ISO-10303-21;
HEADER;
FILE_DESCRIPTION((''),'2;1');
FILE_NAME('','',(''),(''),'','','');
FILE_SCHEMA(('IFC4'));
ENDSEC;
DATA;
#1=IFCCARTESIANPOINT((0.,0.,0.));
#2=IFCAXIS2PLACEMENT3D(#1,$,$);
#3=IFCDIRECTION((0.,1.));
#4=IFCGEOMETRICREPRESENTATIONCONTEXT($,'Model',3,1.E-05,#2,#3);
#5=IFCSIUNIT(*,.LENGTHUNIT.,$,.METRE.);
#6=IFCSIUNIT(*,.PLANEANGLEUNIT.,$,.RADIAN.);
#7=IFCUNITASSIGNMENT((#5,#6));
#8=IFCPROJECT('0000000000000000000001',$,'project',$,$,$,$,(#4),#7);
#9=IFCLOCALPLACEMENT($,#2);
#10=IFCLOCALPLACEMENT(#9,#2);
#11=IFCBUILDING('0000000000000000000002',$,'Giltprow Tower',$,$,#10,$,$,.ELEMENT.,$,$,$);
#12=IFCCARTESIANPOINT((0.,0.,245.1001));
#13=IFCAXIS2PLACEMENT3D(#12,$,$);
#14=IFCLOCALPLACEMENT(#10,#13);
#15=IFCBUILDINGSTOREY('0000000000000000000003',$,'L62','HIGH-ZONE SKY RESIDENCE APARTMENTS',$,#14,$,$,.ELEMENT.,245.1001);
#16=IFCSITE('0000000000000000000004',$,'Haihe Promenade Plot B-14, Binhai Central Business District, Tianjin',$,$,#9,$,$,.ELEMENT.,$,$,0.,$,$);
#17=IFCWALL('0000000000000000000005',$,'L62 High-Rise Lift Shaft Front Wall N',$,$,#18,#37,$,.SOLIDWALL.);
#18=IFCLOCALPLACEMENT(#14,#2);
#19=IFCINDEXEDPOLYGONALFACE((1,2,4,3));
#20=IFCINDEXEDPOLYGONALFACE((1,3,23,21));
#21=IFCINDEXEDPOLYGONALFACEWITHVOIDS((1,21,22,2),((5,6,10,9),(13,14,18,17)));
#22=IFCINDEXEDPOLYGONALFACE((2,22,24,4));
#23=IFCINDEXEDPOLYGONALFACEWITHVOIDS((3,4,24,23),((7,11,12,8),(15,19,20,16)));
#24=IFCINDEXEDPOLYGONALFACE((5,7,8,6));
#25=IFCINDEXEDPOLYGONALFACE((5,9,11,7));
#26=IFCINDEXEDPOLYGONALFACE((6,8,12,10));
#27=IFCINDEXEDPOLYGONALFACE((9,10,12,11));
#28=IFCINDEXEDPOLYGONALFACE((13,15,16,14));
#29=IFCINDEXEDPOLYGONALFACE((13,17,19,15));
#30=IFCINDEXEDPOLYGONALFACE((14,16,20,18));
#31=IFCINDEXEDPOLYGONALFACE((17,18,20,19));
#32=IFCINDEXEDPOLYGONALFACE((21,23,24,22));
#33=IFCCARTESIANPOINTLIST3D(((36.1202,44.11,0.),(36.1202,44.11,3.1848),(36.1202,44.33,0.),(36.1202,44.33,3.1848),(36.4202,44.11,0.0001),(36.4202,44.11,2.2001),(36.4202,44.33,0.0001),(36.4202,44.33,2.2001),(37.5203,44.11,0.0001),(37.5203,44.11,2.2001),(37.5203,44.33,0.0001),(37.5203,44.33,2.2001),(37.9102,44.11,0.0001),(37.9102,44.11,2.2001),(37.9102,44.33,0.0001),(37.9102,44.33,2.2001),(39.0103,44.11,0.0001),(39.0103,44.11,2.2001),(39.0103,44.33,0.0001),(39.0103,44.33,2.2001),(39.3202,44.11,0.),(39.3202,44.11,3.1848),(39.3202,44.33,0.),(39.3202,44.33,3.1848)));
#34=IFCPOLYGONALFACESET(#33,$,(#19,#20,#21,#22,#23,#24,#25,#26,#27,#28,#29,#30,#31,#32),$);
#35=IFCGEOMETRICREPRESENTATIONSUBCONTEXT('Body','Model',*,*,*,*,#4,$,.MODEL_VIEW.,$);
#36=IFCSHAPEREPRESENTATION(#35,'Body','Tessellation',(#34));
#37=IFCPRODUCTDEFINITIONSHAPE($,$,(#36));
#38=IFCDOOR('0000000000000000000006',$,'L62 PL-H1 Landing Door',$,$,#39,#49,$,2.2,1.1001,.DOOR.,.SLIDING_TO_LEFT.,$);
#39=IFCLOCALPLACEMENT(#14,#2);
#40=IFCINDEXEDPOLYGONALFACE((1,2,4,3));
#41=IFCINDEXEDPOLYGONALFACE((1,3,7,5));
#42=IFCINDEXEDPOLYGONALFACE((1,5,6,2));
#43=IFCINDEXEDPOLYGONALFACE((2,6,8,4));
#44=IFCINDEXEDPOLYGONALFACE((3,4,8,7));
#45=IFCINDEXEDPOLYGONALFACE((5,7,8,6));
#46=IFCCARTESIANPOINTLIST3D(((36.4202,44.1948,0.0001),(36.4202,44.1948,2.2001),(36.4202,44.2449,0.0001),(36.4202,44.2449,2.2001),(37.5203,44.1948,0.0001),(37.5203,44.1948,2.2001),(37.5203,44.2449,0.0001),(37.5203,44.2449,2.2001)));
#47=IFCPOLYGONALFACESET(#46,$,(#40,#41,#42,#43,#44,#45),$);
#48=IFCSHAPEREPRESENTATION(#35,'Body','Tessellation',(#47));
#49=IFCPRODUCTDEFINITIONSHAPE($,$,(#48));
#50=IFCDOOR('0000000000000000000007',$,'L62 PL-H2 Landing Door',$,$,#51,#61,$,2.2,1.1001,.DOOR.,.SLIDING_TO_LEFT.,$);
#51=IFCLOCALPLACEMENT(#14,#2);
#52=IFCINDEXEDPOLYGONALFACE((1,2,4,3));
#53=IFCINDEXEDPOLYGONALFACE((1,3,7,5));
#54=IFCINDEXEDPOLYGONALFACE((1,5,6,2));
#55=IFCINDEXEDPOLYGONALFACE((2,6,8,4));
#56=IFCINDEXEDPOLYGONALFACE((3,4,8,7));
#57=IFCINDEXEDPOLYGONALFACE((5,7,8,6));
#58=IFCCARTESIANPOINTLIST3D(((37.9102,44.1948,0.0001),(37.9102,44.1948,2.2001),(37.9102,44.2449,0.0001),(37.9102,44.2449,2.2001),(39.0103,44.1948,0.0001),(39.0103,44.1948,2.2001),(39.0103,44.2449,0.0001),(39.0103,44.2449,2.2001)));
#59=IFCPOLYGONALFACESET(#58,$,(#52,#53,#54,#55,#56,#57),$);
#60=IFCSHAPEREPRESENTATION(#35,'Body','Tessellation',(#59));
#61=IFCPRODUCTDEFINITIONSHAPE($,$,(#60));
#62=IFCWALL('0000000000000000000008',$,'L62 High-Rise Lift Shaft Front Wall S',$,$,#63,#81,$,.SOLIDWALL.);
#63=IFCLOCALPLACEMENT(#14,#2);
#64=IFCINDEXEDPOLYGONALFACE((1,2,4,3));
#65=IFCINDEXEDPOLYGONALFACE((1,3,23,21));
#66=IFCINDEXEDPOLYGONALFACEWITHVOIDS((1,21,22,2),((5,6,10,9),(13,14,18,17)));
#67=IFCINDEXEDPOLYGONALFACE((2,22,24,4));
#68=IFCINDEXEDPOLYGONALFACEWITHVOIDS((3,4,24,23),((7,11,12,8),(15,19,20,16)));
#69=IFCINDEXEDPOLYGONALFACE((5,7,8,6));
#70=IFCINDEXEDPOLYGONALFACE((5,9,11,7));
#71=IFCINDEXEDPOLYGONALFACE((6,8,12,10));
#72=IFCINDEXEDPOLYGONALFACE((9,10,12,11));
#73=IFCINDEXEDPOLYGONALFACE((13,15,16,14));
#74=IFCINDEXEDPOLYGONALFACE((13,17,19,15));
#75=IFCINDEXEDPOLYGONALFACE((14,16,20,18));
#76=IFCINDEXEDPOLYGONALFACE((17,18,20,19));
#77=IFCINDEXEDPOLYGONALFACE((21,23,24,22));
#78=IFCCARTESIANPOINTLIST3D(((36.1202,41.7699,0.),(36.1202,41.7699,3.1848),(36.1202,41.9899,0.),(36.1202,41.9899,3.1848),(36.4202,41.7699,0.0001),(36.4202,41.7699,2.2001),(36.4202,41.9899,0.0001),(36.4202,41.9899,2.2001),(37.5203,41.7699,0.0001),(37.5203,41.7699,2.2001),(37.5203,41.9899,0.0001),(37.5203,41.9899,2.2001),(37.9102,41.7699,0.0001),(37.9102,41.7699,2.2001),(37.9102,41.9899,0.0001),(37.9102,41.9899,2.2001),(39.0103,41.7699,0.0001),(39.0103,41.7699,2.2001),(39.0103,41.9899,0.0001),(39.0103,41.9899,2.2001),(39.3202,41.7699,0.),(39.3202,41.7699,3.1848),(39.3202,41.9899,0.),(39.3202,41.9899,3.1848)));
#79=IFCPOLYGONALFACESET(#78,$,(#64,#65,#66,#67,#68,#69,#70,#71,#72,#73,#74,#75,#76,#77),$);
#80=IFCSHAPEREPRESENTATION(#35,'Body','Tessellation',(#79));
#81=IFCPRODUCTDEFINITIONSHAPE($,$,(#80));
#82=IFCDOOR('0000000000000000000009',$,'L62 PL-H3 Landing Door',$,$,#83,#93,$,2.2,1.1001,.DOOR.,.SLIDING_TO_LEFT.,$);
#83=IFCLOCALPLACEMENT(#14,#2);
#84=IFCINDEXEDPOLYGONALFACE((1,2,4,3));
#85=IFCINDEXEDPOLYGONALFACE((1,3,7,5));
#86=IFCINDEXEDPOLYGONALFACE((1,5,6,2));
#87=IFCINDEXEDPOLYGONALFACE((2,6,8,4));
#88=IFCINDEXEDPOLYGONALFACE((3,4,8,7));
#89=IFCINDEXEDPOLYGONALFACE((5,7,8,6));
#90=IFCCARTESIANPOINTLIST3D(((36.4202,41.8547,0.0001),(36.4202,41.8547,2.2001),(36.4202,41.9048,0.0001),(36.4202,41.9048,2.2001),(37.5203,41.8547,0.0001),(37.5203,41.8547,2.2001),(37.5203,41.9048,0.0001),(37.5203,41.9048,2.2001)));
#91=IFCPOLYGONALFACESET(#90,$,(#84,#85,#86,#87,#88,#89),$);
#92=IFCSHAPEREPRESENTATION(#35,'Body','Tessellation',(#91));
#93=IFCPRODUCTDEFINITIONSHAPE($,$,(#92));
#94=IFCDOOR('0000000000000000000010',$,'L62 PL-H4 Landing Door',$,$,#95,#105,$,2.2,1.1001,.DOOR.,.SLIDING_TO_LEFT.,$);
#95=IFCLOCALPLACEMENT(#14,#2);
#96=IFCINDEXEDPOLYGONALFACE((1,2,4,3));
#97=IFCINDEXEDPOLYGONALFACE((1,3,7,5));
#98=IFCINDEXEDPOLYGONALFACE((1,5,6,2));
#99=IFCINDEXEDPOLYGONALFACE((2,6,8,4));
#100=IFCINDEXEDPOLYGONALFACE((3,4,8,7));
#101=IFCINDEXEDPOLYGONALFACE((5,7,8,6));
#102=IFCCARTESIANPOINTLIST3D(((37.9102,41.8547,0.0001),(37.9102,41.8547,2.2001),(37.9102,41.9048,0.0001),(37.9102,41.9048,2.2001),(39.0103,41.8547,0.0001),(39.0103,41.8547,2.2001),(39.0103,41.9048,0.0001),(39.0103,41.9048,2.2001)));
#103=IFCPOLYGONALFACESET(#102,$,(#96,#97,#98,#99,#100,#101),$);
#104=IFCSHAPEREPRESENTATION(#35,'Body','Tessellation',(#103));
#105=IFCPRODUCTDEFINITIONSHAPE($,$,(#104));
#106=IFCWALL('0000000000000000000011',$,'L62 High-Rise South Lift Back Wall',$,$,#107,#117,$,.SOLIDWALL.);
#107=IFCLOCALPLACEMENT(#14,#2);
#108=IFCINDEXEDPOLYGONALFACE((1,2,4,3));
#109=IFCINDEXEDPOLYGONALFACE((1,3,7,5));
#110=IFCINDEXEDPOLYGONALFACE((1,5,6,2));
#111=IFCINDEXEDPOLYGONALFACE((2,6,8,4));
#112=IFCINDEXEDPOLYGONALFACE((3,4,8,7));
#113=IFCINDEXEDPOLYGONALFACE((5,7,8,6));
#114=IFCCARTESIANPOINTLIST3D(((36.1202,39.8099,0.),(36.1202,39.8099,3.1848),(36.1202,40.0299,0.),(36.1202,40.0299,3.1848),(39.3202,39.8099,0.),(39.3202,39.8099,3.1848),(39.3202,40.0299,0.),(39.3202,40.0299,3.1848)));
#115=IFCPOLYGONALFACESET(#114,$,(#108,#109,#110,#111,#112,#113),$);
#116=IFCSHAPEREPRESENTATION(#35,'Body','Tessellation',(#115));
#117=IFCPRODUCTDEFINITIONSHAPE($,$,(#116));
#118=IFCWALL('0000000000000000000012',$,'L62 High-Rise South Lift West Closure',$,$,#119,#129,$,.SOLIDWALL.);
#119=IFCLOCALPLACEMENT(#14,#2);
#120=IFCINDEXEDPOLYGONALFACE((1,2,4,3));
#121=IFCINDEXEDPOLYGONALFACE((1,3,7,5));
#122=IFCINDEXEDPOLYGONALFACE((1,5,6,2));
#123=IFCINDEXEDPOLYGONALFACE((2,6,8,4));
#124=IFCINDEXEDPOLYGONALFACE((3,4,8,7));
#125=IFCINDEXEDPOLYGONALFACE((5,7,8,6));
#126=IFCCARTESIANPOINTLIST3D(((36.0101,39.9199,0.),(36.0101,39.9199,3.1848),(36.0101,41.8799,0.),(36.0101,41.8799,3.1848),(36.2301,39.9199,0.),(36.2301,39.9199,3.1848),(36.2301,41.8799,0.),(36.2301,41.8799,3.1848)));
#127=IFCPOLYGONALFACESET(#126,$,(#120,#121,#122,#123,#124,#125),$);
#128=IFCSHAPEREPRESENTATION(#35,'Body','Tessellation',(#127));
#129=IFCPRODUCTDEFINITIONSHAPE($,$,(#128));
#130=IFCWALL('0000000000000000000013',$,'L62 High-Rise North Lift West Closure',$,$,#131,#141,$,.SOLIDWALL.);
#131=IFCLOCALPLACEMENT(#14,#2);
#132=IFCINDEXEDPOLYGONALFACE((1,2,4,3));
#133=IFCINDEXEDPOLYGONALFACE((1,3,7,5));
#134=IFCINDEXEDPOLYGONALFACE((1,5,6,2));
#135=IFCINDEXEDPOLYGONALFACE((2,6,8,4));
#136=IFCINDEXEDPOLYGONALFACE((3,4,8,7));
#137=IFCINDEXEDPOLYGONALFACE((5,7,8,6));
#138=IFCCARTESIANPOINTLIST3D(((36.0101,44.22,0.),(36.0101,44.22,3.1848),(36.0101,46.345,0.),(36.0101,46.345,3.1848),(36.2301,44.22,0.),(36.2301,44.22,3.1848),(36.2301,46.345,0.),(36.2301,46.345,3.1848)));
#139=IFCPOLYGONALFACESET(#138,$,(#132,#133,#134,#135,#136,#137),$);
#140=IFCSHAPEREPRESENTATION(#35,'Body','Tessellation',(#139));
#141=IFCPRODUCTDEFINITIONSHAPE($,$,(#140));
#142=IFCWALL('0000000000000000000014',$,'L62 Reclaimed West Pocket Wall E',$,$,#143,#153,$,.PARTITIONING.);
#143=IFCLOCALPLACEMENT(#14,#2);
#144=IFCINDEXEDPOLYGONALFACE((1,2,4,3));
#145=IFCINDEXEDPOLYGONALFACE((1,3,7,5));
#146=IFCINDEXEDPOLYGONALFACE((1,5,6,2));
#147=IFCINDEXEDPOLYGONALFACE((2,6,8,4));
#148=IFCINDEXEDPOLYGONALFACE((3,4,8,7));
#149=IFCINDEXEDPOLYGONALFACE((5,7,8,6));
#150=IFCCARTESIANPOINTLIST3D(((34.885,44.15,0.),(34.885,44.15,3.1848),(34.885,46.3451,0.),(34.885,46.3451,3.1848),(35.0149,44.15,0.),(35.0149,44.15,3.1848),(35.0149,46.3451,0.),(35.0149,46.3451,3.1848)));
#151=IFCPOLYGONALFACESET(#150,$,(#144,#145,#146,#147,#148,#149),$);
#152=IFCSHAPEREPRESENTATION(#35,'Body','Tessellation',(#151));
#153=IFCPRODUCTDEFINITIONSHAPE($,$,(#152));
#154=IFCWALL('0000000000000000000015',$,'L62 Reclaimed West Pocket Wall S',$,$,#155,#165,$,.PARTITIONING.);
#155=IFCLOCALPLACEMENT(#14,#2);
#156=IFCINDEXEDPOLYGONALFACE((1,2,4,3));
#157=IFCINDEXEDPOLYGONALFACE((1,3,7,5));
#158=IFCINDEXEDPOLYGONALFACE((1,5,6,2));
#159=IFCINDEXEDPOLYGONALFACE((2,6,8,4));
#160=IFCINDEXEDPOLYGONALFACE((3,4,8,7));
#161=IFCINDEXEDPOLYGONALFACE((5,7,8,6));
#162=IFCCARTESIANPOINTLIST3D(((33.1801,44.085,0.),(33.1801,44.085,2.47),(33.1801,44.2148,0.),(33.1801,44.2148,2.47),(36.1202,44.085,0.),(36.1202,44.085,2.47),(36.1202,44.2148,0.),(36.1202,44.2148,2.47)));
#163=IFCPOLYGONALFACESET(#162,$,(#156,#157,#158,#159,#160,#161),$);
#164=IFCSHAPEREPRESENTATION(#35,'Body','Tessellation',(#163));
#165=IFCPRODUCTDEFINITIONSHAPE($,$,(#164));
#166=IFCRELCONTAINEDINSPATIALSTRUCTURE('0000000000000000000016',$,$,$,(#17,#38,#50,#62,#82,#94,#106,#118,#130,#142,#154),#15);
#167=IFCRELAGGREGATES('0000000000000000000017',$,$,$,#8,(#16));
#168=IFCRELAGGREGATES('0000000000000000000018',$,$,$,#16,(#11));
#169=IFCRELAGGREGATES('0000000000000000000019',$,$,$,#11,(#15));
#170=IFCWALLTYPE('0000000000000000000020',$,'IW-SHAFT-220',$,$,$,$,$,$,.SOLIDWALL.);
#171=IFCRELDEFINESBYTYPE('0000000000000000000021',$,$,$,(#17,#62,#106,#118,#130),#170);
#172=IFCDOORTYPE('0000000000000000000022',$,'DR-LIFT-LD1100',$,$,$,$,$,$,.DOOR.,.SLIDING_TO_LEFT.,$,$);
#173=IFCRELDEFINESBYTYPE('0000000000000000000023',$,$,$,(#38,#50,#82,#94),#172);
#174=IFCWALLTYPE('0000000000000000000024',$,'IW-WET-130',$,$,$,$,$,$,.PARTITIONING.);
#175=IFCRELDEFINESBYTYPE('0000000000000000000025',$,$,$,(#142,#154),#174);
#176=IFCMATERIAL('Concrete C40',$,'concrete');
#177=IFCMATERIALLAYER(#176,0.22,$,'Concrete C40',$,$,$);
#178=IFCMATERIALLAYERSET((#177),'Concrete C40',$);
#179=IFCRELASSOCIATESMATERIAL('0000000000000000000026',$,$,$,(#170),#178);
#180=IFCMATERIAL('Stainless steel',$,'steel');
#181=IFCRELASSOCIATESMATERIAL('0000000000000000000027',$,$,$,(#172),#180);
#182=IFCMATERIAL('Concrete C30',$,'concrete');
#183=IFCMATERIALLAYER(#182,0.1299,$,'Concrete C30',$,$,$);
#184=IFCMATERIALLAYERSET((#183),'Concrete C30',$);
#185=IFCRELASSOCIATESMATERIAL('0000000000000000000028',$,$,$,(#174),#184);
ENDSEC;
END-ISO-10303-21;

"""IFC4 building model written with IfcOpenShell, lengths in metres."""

from ifc_helpers import new_model, si_unit, direction, frame, frame_2d, origin, place, context, subcontext, project, spatial, rectangle, extrude, source, transform, mapped, material, layer, layer_set, type_object, element, fill, save


model = new_model("IFC4")

# Units and contexts
model_context = context("Model", 3, precision=1e-05, world=origin(), true_north=direction((0.0, 1.0)))
body_context = subcontext(model_context, "Body", "Model", "MODEL_VIEW")
ifc_project = project(units=[si_unit("LENGTHUNIT", "METRE"), si_unit("PLANEANGLEUNIT", "RADIAN")], contexts=[model_context])

# Site, building, storey
site_placement = place(None, origin())
site = spatial("IfcSite", under=ifc_project, at=site_placement, Name="Haihe Promenade Plot B-14, Binhai Central Business District, Tianjin", CompositionType="ELEMENT", RefElevation=0.0)
building_placement = place(site_placement, origin())
building = spatial("IfcBuilding", under=site, at=building_placement, Name="Giltprow Tower", CompositionType="ELEMENT")
storey_placement = place(building_placement, frame((0.0, 0.0, 245.1001)))
storey = spatial("IfcBuildingStorey", under=building, at=storey_placement, Name="L62", Description="HIGH-ZONE SKY RESIDENCE APARTMENTS", CompositionType="ELEMENT", Elevation=245.1001)

# Shared definitions
ifc_material_1 = material(Name="Concrete C40", Category="concrete")
ifc_layer_1 = layer(ifc_material_1, 0.22, Name="Concrete C40")
ifc_layer_set_1 = layer_set([ifc_layer_1], Name="Concrete C40")
wall_type_1 = type_object("IfcWallType", Name="IW-SHAFT-220", PredefinedType="SOLIDWALL", material=ifc_layer_set_1)
ifc_material_2 = material(Name="Stainless steel", Category="steel")
door_type_1 = type_object("IfcDoorType", Name="DR-LIFT-LD1100", OperationType="SLIDING_TO_LEFT", PredefinedType="DOOR", material=ifc_material_2)
shared_shape_1 = source(origin(), body_context, "Body", "SweptSolid", [
    extrude(rectangle(XDim=1.1001, YDim=2.2, at=frame_2d((0.55, 1.1001))), frame((0.0, 0.0249, 0.0), z_axis=(0.0, -1.0, 0.0), x_axis=(1.0, 0.0, 0.0)), (0.0, 0.0, 1.0), 0.05),
])

# Walls, openings, doors
wall_1_placement = place(storey_placement, frame((36.1201, 44.22, 0.0), z_axis=(0.0, 0.0, 1.0), x_axis=(1.0, 0.0, 0.0)))
wall_1 = element("IfcWall", 1, at=wall_1_placement, inside=storey, type_object=wall_type_1, Name="L62 High-Rise Lift Shaft Front Wall N", PredefinedType="SOLIDWALL", context=body_context, shape_type="SweptSolid", body=[
    extrude(rectangle(XDim=3.2, YDim=0.22, at=frame_2d((1.6001, 0.0))), origin(), (0.0, 0.0, 1.0), 3.1848),
])
opening_1_placement = place(wall_1_placement, frame((0.3, 0.0, 0.0)))
opening_1 = element("IfcOpeningElement", 2, at=opening_1_placement, cuts=wall_1, PredefinedType="OPENING", context=body_context, shape_type="SweptSolid", body=[
    extrude(rectangle(XDim=1.1001, YDim=2.2, at=frame_2d((0.55, 1.1001))), frame((0.0, 0.1199, 0.0), z_axis=(0.0, -1.0, 0.0), x_axis=(1.0, 0.0, 0.0)), (0.0, 0.0, 1.0), 0.24),
])
opening_2_placement = place(wall_1_placement, frame((1.79, 0.0, 0.0)))
opening_2 = element("IfcOpeningElement", 3, at=opening_2_placement, cuts=wall_1, PredefinedType="OPENING", context=body_context, shape_type="SweptSolid", body=[
    extrude(rectangle(XDim=1.1001, YDim=2.2, at=frame_2d((0.55, 1.1001))), frame((0.0, 0.1199, 0.0), z_axis=(0.0, -1.0, 0.0), x_axis=(1.0, 0.0, 0.0)), (0.0, 0.0, 1.0), 0.24),
])
door_1_placement = place(opening_1_placement, origin())
door_1 = element("IfcDoor", 4, at=door_1_placement, inside=storey, type_object=door_type_1, Name="L62 PL-H1 Landing Door", OperationType="SLIDING_TO_LEFT", OverallHeight=2.2, OverallWidth=1.1001, PredefinedType="DOOR", context=body_context, shape_type="MappedRepresentation", body=[
    mapped(shared_shape_1, transform((0.0, 0.0, 0.0), x_axis=(1.0, 0.0, 0.0), y_axis=(0.0, 1.0, 0.0), z_axis=(0.0, 0.0, 1.0), scale=1.0)),
])
fill(opening_1, door_1)
door_2_placement = place(opening_2_placement, origin())
door_2 = element("IfcDoor", 5, at=door_2_placement, inside=storey, type_object=door_type_1, Name="L62 PL-H2 Landing Door", OperationType="SLIDING_TO_LEFT", OverallHeight=2.2, OverallWidth=1.1001, PredefinedType="DOOR", context=body_context, shape_type="MappedRepresentation", body=[
    mapped(shared_shape_1, transform((0.0, 0.0, 0.0), x_axis=(1.0, 0.0, 0.0), y_axis=(0.0, 1.0, 0.0), z_axis=(0.0, 0.0, 1.0), scale=1.0)),
])
fill(opening_2, door_2)
wall_2_placement = place(storey_placement, frame((36.1201, 41.8799, 0.0), z_axis=(0.0, 0.0, 1.0), x_axis=(1.0, 0.0, 0.0)))
wall_2 = element("IfcWall", 6, at=wall_2_placement, inside=storey, type_object=wall_type_1, Name="L62 High-Rise Lift Shaft Front Wall S", PredefinedType="SOLIDWALL", context=body_context, shape_type="SweptSolid", body=[
    extrude(rectangle(XDim=3.2, YDim=0.22, at=frame_2d((1.6001, 0.0))), origin(), (0.0, 0.0, 1.0), 3.1848),
])
opening_3_placement = place(wall_2_placement, frame((0.3, 0.0, 0.0)))
opening_3 = element("IfcOpeningElement", 7, at=opening_3_placement, cuts=wall_2, PredefinedType="OPENING", context=body_context, shape_type="SweptSolid", body=[
    extrude(rectangle(XDim=1.1001, YDim=2.2, at=frame_2d((0.55, 1.1001))), frame((0.0, 0.1199, 0.0), z_axis=(0.0, -1.0, 0.0), x_axis=(1.0, 0.0, 0.0)), (0.0, 0.0, 1.0), 0.24),
])
opening_4_placement = place(wall_2_placement, frame((1.79, 0.0, 0.0)))
opening_4 = element("IfcOpeningElement", 8, at=opening_4_placement, cuts=wall_2, PredefinedType="OPENING", context=body_context, shape_type="SweptSolid", body=[
    extrude(rectangle(XDim=1.1001, YDim=2.2, at=frame_2d((0.55, 1.1001))), frame((0.0, 0.1199, 0.0), z_axis=(0.0, -1.0, 0.0), x_axis=(1.0, 0.0, 0.0)), (0.0, 0.0, 1.0), 0.24),
])
door_3_placement = place(opening_3_placement, origin())
door_3 = element("IfcDoor", 9, at=door_3_placement, inside=storey, type_object=door_type_1, Name="L62 PL-H3 Landing Door", OperationType="SLIDING_TO_LEFT", OverallHeight=2.2, OverallWidth=1.1001, PredefinedType="DOOR", context=body_context, shape_type="MappedRepresentation", body=[
    mapped(shared_shape_1, transform((0.0, 0.0, 0.0), x_axis=(1.0, 0.0, 0.0), y_axis=(0.0, 1.0, 0.0), z_axis=(0.0, 0.0, 1.0), scale=1.0)),
])
fill(opening_3, door_3)
door_4_placement = place(opening_4_placement, origin())
door_4 = element("IfcDoor", 10, at=door_4_placement, inside=storey, type_object=door_type_1, Name="L62 PL-H4 Landing Door", OperationType="SLIDING_TO_LEFT", OverallHeight=2.2, OverallWidth=1.1001, PredefinedType="DOOR", context=body_context, shape_type="MappedRepresentation", body=[
    mapped(shared_shape_1, transform((0.0, 0.0, 0.0), x_axis=(1.0, 0.0, 0.0), y_axis=(0.0, 1.0, 0.0), z_axis=(0.0, 0.0, 1.0), scale=1.0)),
])
fill(opening_4, door_4)

# Walls
wall_3_placement = place(storey_placement, frame((36.1201, 39.9199, 0.0), z_axis=(0.0, 0.0, 1.0), x_axis=(1.0, 0.0, 0.0)))
element("IfcWall", 11, at=wall_3_placement, inside=storey, type_object=wall_type_1, Name="L62 High-Rise South Lift Back Wall", PredefinedType="SOLIDWALL", context=body_context, shape_type="SweptSolid", body=[
    extrude(rectangle(XDim=3.2, YDim=0.22, at=frame_2d((1.6001, 0.0))), origin(), (0.0, 0.0, 1.0), 3.1848),
])
wall_4_placement = place(storey_placement, frame((36.1201, 39.9199, 0.0), z_axis=(0.0, 0.0, 1.0), x_axis=(0.0, 1.0, 0.0)))
element("IfcWall", 12, at=wall_4_placement, inside=storey, type_object=wall_type_1, Name="L62 High-Rise South Lift West Closure", PredefinedType="SOLIDWALL", context=body_context, shape_type="SweptSolid", body=[
    extrude(rectangle(XDim=1.96, YDim=0.22, at=frame_2d((0.98, 0.0))), origin(), (0.0, 0.0, 1.0), 3.1848),
])
wall_5_placement = place(storey_placement, frame((36.1201, 44.22, 0.0), z_axis=(0.0, 0.0, 1.0), x_axis=(0.0, 1.0, 0.0)))
element("IfcWall", 13, at=wall_5_placement, inside=storey, type_object=wall_type_1, Name="L62 High-Rise North Lift West Closure", PredefinedType="SOLIDWALL", context=body_context, shape_type="SweptSolid", body=[
    extrude(rectangle(XDim=2.125, YDim=0.22, at=frame_2d((1.0625, 0.0))), origin(), (0.0, 0.0, 1.0), 3.1848),
])
ifc_material_3 = material(Name="Concrete C30", Category="concrete")
ifc_layer_2 = layer(ifc_material_3, 0.1299, Name="Concrete C30")
ifc_layer_set_2 = layer_set([ifc_layer_2], Name="Concrete C30")
wall_type_2 = type_object("IfcWallType", Name="IW-WET-130", PredefinedType="PARTITIONING", material=ifc_layer_set_2)
wall_6_placement = place(storey_placement, frame((34.95, 44.1499, 0.0), z_axis=(0.0, 0.0, 1.0), x_axis=(0.0, 1.0, 0.0)))
element("IfcWall", 14, at=wall_6_placement, inside=storey, type_object=wall_type_2, Name="L62 Reclaimed West Pocket Wall E", PredefinedType="PARTITIONING", context=body_context, shape_type="SweptSolid", body=[
    extrude(rectangle(XDim=2.1951, YDim=0.1299, at=frame_2d((1.0977, 0.0))), origin(), (0.0, 0.0, 1.0), 3.1848),
])
wall_7_placement = place(storey_placement, frame((33.1799, 44.1499, 0.0), z_axis=(0.0, 0.0, 1.0), x_axis=(1.0, 0.0, 0.0)))
element("IfcWall", 15, at=wall_7_placement, inside=storey, type_object=wall_type_2, Name="L62 Reclaimed West Pocket Wall S", PredefinedType="PARTITIONING", context=body_context, shape_type="SweptSolid", body=[
    extrude(rectangle(XDim=2.9402, YDim=0.1299, at=frame_2d((1.4702, 0.0))), origin(), (0.0, 0.0, 1.0), 2.47),
])

save(model, "model.ifc")
